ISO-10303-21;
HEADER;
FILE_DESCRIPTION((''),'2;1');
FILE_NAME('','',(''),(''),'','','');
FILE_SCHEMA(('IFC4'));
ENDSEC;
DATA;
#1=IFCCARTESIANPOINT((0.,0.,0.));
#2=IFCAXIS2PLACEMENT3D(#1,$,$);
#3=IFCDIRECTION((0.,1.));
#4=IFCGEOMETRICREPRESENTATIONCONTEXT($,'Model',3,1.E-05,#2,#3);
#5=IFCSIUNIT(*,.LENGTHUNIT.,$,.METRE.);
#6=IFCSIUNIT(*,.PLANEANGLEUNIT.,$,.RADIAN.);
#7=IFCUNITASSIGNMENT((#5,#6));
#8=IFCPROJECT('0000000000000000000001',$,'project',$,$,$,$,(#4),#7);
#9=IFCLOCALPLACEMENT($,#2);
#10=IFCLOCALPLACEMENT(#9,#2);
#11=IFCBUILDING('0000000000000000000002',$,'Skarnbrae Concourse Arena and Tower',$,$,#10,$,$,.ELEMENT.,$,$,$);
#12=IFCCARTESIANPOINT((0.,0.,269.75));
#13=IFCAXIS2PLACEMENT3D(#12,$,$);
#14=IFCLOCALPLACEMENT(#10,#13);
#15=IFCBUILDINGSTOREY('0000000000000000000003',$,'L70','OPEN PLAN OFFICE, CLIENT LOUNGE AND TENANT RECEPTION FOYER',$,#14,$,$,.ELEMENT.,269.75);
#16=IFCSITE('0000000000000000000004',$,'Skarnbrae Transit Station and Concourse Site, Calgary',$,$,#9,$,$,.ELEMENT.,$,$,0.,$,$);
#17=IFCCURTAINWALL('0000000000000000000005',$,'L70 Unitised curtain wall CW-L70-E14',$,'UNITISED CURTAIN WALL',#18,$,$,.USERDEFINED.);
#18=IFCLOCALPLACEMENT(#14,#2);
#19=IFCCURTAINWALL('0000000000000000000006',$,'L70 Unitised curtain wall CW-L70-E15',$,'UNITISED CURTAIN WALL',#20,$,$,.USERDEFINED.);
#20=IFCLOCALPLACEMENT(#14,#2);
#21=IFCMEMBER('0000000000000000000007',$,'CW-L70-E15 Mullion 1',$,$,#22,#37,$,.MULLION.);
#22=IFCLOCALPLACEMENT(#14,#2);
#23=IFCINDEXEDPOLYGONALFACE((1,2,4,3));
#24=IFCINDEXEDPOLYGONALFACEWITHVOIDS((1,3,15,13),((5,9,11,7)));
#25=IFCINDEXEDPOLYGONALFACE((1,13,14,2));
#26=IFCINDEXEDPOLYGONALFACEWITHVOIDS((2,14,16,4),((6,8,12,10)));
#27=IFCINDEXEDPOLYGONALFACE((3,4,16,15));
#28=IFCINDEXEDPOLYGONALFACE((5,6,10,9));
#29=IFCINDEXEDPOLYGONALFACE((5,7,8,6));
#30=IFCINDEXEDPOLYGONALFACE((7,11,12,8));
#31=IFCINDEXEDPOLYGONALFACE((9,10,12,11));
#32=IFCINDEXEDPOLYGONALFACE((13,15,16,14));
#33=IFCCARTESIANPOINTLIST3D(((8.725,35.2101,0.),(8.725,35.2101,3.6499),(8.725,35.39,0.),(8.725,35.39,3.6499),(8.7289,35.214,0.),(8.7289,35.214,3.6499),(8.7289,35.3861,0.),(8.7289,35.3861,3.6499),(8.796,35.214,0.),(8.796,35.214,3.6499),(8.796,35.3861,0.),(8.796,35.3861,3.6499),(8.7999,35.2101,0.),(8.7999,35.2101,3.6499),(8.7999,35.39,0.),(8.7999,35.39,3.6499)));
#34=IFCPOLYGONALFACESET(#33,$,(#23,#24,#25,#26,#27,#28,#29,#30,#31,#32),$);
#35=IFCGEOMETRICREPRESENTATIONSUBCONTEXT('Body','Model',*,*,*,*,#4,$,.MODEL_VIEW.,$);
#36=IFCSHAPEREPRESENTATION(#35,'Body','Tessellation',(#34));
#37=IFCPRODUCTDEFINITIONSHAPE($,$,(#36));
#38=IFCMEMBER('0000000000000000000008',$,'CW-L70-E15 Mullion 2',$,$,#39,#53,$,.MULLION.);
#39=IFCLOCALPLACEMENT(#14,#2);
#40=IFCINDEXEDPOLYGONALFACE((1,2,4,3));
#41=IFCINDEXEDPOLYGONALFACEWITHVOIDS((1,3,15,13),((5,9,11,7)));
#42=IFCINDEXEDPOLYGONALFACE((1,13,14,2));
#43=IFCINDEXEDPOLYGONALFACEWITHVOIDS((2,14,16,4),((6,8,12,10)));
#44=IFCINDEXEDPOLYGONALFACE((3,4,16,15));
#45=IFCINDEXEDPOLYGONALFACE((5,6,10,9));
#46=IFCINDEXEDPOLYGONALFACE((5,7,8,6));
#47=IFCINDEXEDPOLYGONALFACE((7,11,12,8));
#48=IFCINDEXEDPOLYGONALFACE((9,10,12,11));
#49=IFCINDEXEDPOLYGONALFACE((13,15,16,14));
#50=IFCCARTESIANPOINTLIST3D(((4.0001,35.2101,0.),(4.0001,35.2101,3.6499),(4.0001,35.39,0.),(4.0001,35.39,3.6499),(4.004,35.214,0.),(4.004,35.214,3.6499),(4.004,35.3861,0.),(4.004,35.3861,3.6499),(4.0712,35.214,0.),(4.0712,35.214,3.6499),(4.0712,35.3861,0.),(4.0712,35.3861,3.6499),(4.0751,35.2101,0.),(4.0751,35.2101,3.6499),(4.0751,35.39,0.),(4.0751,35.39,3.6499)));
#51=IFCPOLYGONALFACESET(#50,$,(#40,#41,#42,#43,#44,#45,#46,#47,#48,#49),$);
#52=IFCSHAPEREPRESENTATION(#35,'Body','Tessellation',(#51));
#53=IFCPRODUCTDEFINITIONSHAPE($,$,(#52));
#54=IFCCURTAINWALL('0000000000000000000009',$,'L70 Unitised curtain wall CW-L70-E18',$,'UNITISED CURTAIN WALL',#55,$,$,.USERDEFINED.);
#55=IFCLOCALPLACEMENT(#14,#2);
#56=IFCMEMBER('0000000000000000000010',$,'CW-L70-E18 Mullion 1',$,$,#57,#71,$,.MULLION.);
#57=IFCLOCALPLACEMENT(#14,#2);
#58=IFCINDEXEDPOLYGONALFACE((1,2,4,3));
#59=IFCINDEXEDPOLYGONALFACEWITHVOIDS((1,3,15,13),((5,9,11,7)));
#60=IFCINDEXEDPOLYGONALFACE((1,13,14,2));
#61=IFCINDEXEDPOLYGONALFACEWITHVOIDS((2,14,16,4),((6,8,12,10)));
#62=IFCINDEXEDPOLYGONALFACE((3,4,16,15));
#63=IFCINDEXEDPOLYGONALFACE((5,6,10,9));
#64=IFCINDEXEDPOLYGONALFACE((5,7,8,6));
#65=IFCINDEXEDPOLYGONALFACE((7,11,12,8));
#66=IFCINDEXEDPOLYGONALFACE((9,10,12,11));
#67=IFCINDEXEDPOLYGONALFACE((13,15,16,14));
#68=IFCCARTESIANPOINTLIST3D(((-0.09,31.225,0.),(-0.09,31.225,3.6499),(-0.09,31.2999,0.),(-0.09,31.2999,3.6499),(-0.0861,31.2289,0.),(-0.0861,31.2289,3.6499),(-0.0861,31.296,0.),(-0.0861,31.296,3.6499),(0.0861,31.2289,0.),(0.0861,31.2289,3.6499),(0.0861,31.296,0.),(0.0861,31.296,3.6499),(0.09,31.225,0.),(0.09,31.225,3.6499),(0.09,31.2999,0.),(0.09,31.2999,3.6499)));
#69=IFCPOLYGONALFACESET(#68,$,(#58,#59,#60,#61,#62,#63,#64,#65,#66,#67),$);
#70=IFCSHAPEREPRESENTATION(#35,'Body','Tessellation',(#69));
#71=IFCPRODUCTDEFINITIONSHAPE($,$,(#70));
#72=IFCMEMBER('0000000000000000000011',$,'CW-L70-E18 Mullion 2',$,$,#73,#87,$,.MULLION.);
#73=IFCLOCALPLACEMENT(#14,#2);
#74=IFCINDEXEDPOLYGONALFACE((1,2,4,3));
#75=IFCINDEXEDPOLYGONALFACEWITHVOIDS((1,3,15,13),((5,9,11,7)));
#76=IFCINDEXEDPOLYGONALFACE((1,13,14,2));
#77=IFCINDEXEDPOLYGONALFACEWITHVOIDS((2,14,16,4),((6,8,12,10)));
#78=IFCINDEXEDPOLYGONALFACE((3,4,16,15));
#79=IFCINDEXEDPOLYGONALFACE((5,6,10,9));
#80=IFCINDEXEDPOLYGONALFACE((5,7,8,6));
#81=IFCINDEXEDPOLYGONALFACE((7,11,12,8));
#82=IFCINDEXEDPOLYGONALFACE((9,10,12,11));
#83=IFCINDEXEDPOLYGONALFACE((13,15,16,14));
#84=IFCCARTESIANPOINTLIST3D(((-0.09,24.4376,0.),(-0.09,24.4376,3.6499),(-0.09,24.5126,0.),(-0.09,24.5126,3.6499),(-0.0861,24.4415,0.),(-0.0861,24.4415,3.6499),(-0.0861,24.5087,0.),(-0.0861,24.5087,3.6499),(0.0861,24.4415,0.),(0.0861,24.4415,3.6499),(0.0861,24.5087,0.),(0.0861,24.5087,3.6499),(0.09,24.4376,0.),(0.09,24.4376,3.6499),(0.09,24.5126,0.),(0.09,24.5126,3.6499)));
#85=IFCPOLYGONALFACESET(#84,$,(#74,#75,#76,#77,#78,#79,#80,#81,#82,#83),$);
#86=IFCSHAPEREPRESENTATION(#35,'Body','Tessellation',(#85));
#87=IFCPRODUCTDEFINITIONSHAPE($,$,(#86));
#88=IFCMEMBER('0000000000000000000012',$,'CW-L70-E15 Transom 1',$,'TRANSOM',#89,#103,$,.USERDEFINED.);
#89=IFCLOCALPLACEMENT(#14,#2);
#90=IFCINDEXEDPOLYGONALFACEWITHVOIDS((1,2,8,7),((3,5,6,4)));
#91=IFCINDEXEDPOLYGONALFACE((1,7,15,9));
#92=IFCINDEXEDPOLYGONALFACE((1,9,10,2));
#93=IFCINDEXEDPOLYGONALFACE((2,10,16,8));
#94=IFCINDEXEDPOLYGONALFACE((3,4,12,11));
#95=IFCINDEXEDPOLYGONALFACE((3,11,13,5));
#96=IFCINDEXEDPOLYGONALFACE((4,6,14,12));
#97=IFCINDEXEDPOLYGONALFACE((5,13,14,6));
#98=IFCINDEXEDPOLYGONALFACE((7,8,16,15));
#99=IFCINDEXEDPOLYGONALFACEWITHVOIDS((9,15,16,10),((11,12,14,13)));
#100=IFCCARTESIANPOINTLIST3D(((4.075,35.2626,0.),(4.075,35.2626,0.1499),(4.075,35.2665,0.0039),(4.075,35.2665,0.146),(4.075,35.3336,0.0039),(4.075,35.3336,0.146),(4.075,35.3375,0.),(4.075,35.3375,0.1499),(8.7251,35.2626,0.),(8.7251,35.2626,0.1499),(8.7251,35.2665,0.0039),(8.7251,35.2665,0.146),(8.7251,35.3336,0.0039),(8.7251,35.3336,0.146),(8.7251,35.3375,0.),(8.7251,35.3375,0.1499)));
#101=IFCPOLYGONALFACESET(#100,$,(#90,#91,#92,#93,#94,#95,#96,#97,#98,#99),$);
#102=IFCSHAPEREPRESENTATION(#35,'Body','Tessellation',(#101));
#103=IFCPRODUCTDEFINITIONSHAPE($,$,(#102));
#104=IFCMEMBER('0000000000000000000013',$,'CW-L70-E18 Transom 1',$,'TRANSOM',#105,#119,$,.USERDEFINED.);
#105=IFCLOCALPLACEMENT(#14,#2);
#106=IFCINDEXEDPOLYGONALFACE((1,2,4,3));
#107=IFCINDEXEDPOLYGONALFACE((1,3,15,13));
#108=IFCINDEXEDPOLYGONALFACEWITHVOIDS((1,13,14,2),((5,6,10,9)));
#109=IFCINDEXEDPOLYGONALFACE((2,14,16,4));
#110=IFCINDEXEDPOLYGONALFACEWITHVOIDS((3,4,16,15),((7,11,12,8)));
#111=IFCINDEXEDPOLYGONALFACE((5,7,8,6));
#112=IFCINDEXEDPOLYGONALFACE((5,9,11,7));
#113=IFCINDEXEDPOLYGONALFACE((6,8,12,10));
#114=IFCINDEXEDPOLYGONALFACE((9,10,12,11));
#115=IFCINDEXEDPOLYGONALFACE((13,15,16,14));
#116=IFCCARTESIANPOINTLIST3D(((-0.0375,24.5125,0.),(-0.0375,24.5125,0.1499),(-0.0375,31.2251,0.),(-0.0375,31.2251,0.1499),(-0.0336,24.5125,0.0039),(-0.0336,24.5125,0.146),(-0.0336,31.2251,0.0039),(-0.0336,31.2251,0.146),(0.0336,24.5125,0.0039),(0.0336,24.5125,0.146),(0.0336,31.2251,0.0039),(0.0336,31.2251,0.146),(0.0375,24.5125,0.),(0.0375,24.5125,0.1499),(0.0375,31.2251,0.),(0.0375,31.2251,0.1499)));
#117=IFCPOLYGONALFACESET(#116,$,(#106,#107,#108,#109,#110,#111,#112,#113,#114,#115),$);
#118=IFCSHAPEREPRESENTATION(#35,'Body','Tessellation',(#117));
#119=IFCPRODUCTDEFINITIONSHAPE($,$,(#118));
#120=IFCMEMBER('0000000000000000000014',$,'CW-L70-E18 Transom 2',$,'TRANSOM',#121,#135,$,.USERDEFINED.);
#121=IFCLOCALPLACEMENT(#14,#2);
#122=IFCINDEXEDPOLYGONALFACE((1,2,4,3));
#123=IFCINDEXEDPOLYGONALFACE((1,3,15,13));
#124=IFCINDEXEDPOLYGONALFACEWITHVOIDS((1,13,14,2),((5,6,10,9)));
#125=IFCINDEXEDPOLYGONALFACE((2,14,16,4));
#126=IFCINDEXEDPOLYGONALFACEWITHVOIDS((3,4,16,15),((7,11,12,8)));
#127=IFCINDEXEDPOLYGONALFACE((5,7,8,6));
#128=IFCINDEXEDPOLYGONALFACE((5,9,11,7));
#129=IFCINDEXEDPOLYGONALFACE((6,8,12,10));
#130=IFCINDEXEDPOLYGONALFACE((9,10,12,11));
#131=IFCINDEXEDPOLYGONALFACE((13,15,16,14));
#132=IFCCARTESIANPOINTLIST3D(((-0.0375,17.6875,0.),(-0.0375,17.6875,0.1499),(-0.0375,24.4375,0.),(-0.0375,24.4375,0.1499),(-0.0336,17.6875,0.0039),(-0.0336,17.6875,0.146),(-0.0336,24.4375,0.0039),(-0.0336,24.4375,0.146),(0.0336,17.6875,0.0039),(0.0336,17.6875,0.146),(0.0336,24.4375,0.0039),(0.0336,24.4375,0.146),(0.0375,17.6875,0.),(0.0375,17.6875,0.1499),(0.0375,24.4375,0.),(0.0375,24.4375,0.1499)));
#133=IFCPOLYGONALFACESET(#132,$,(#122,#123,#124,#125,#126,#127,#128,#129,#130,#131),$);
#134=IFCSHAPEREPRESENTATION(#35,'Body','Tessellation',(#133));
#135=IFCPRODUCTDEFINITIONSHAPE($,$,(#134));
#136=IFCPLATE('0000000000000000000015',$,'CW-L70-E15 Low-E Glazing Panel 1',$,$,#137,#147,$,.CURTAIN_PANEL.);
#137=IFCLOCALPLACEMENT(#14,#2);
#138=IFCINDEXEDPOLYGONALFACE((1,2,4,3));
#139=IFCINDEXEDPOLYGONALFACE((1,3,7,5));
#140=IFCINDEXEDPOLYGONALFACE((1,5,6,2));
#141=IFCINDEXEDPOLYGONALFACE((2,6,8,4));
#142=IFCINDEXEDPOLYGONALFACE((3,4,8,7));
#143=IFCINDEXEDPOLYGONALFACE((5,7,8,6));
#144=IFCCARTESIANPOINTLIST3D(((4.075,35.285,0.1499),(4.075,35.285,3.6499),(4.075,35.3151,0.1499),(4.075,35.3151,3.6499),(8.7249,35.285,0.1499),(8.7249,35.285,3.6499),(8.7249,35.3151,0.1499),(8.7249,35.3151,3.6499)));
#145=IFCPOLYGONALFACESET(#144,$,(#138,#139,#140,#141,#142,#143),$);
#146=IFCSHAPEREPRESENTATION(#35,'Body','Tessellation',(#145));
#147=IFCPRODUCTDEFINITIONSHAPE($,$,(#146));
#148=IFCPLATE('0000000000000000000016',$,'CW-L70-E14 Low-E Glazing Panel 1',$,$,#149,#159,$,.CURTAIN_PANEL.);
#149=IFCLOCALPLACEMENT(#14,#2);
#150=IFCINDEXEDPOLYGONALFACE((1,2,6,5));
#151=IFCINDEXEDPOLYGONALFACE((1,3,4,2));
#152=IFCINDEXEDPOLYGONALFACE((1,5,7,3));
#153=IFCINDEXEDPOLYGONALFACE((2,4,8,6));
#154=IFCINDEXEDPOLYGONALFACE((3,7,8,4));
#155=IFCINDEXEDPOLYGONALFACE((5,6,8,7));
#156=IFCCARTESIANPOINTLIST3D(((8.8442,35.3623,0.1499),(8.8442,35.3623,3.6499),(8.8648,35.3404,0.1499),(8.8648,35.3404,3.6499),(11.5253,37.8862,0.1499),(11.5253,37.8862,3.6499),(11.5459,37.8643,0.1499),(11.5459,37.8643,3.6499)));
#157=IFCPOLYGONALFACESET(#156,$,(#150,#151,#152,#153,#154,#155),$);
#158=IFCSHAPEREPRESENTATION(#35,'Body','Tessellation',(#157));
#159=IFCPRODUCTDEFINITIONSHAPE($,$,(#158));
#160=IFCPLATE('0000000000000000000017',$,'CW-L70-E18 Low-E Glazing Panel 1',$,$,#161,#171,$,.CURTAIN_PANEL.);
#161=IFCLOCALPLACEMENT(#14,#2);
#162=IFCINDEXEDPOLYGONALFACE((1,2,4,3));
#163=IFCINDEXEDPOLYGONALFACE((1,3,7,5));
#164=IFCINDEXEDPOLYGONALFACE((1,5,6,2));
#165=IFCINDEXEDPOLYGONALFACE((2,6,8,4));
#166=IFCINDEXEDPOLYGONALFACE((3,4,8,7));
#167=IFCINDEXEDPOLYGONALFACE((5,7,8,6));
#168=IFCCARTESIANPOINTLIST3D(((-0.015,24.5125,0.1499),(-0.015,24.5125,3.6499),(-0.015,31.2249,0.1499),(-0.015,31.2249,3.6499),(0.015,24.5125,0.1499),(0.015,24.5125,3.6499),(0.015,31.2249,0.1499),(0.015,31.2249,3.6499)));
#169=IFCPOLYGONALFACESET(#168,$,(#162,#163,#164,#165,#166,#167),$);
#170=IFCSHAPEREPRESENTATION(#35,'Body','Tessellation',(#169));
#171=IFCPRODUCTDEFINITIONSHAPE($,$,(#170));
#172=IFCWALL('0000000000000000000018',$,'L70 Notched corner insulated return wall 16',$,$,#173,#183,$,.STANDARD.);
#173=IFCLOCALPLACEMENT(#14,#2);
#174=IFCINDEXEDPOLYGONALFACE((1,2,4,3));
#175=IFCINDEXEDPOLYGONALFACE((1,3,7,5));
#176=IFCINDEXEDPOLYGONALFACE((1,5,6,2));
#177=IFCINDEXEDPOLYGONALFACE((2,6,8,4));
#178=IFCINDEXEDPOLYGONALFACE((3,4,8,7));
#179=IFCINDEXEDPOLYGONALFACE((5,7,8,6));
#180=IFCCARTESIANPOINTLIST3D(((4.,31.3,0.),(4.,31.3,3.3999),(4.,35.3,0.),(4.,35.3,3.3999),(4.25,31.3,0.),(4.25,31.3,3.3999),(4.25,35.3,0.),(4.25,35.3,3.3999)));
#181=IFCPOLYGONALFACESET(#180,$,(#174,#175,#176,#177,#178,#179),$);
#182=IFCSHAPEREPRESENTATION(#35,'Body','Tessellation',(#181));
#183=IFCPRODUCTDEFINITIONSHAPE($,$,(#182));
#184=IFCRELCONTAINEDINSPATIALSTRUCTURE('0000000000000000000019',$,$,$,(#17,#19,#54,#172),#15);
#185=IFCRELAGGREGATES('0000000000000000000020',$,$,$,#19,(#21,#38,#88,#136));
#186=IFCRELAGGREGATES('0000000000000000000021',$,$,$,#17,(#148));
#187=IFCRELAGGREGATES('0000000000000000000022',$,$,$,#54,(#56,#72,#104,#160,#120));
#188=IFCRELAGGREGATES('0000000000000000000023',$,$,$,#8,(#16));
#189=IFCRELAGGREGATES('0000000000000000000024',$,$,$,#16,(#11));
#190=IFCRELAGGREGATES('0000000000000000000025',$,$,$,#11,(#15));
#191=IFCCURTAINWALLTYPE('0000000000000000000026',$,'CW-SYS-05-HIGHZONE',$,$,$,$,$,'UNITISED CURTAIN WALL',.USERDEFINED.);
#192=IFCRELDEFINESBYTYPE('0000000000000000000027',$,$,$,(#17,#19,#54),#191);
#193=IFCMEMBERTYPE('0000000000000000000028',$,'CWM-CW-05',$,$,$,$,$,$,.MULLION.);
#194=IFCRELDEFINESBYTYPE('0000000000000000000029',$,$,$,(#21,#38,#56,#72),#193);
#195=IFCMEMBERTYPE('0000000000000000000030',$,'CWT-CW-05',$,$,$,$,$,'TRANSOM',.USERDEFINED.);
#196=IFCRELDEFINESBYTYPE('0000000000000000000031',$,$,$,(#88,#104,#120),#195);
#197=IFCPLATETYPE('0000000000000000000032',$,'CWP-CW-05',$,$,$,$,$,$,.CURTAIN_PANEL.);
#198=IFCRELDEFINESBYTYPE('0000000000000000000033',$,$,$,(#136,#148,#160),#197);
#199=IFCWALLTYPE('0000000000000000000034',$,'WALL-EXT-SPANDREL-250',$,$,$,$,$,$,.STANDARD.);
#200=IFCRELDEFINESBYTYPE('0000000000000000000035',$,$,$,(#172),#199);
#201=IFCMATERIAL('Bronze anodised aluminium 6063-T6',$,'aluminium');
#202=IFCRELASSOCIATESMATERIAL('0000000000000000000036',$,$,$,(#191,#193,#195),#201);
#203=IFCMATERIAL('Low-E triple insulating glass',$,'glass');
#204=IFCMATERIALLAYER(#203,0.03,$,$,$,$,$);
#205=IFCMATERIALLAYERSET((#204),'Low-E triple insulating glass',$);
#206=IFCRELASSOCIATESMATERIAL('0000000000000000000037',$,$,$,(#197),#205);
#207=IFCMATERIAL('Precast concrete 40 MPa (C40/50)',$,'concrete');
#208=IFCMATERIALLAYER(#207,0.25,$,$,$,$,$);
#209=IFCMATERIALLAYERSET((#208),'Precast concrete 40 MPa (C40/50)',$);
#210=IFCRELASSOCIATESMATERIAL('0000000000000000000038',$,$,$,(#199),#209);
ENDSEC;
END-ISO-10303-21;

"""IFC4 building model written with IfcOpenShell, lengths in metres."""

from ifc_helpers import new_model, si_unit, direction, frame, frame_2d, origin, origin_2d, place, context, subcontext, project, spatial, rectangle, hollow_rectangle, extrude, source, transform, mapped, material, layer, layer_set, material_profile, profile_set, type_object, element, aggregate, save


model = new_model("IFC4")

# Units and contexts
model_context = context("Model", 3, precision=1e-05, world=origin(), true_north=direction((0.0, 1.0)))
body_context = subcontext(model_context, "Body", "Model", "MODEL_VIEW")
ifc_project = project(units=[si_unit("LENGTHUNIT", "METRE"), si_unit("PLANEANGLEUNIT", "RADIAN")], contexts=[model_context])

# Site, building, storey
site_placement = place(None, origin())
site = spatial("IfcSite", under=ifc_project, at=site_placement, Name="Skarnbrae Transit Station and Concourse Site, Calgary", CompositionType="ELEMENT", RefElevation=0.0)
building_placement = place(site_placement, origin())
building = spatial("IfcBuilding", under=site, at=building_placement, Name="Skarnbrae Concourse Arena and Tower", CompositionType="ELEMENT")
storey_placement = place(building_placement, frame((0.0, 0.0, 269.75)))
storey = spatial("IfcBuildingStorey", under=building, at=storey_placement, Name="L70", Description="OPEN PLAN OFFICE, CLIENT LOUNGE AND TENANT RECEPTION FOYER", CompositionType="ELEMENT", Elevation=269.75)

# Curtain wall
ifc_material_1 = material(Name="Bronze anodised aluminium 6063-T6", Category="aluminium")
curtain_wall_type = type_object("IfcCurtainWallType", Name="CW-SYS-05-HIGHZONE", ElementType="UNITISED CURTAIN WALL", PredefinedType="USERDEFINED", material=ifc_material_1)
curtain_wall_1_placement = place(storey_placement, origin())
curtain_wall_1 = element("IfcCurtainWall", 1, at=curtain_wall_1_placement, inside=storey, type_object=curtain_wall_type, Name="L70 Unitised curtain wall CW-L70-E14", ObjectType="UNITISED CURTAIN WALL", PredefinedType="USERDEFINED")
ifc_material_profile_1 = material_profile(ifc_material_1, hollow_rectangle(XDim=0.075, YDim=0.1799, WallThickness=0.0039, at=origin_2d()), Name="ALU-MULL-75X180")
ifc_profile_set_1 = profile_set([ifc_material_profile_1], Name="Bronze anodised aluminium 6063-T6")
member_type_1 = type_object("IfcMemberType", Name="CWM-CW-05", PredefinedType="MULLION", material=ifc_profile_set_1)
shared_shape_1 = source(origin(), body_context, "Body", "SweptSolid", [
    extrude(hollow_rectangle(XDim=0.075, YDim=0.1799, WallThickness=0.0039, at=origin_2d()), origin(), (0.0, 0.0, 1.0), 3.6499),
])

# Curtain walls, members
curtain_wall_2_placement = place(storey_placement, origin())
curtain_wall_2 = element("IfcCurtainWall", 2, at=curtain_wall_2_placement, inside=storey, type_object=curtain_wall_type, Name="L70 Unitised curtain wall CW-L70-E15", ObjectType="UNITISED CURTAIN WALL", PredefinedType="USERDEFINED")
member_1_placement = place(storey_placement, frame((8.7625, 35.3, 0.0), z_axis=(0.0, 0.0, 1.0), x_axis=(-1.0, 0.0, 0.0)))
member_1 = element("IfcMember", 3, at=member_1_placement, type_object=member_type_1, Name="CW-L70-E15 Mullion 1", PredefinedType="MULLION", context=body_context, shape_type="MappedRepresentation", body=[
    mapped(shared_shape_1, transform((0.0, 0.0, 0.0))),
])
member_2_placement = place(storey_placement, frame((4.0376, 35.3, 0.0), z_axis=(0.0, 0.0, 1.0), x_axis=(-1.0, 0.0, 0.0)))
member_2 = element("IfcMember", 4, at=member_2_placement, type_object=member_type_1, Name="CW-L70-E15 Mullion 2", PredefinedType="MULLION", context=body_context, shape_type="MappedRepresentation", body=[
    mapped(shared_shape_1, transform((0.0, 0.0, 0.0))),
])
curtain_wall_3_placement = place(storey_placement, origin())
curtain_wall_3 = element("IfcCurtainWall", 5, at=curtain_wall_3_placement, inside=storey, type_object=curtain_wall_type, Name="L70 Unitised curtain wall CW-L70-E18", ObjectType="UNITISED CURTAIN WALL", PredefinedType="USERDEFINED")
member_3_placement = place(storey_placement, frame((0.0, 31.2625, 0.0), z_axis=(0.0, 0.0, 1.0), x_axis=(0.0, -1.0, 0.0)))
member_3 = element("IfcMember", 6, at=member_3_placement, type_object=member_type_1, Name="CW-L70-E18 Mullion 1", PredefinedType="MULLION", context=body_context, shape_type="MappedRepresentation", body=[
    mapped(shared_shape_1, transform((0.0, 0.0, 0.0))),
])
member_4_placement = place(storey_placement, frame((0.0, 24.4751, 0.0), z_axis=(0.0, 0.0, 1.0), x_axis=(0.0, -1.0, 0.0)))
member_4 = element("IfcMember", 7, at=member_4_placement, type_object=member_type_1, Name="CW-L70-E18 Mullion 2", PredefinedType="MULLION", context=body_context, shape_type="MappedRepresentation", body=[
    mapped(shared_shape_1, transform((0.0, 0.0, 0.0))),
])

# Members
ifc_material_profile_2 = material_profile(ifc_material_1, hollow_rectangle(XDim=0.075, YDim=0.1499, WallThickness=0.0039, at=origin_2d()), Name="ALU-TRAN-75X150")
ifc_profile_set_2 = profile_set([ifc_material_profile_2], Name="Bronze anodised aluminium 6063-T6")
member_type_2 = type_object("IfcMemberType", Name="CWT-CW-05", ElementType="TRANSOM", PredefinedType="USERDEFINED", material=ifc_profile_set_2)
shared_shape_2 = source(origin(), body_context, "Body", "SweptSolid", [
    extrude(hollow_rectangle(XDim=0.075, YDim=0.1499, WallThickness=0.0039, at=origin_2d()), origin(), (0.0, 0.0, 1.0), 4.6501),
])
member_5_placement = place(storey_placement, frame((8.7251, 35.3, 0.075), z_axis=(-1.0, 0.0, 0.0), x_axis=(0.0, -1.0, 0.0)))
member_5 = element("IfcMember", 8, at=member_5_placement, type_object=member_type_2, Name="CW-L70-E15 Transom 1", ObjectType="TRANSOM", PredefinedType="USERDEFINED", context=body_context, shape_type="MappedRepresentation", body=[
    mapped(shared_shape_2, transform((0.0, 0.0, 0.0))),
])
shared_shape_3 = source(origin(), body_context, "Body", "SweptSolid", [
    extrude(hollow_rectangle(XDim=0.075, YDim=0.1499, WallThickness=0.0039, at=origin_2d()), origin(), (0.0, 0.0, 1.0), 6.7126),
])
member_6_placement = place(storey_placement, frame((0.0, 31.2251, 0.075), z_axis=(0.0, -1.0, 0.0), x_axis=(1.0, 0.0, 0.0)))
member_6 = element("IfcMember", 9, at=member_6_placement, type_object=member_type_2, Name="CW-L70-E18 Transom 1", ObjectType="TRANSOM", PredefinedType="USERDEFINED", context=body_context, shape_type="MappedRepresentation", body=[
    mapped(shared_shape_3, transform((0.0, 0.0, 0.0))),
])
shared_shape_4 = source(origin(), body_context, "Body", "SweptSolid", [
    extrude(hollow_rectangle(XDim=0.075, YDim=0.1499, WallThickness=0.0039, at=origin_2d()), origin(), (0.0, 0.0, 1.0), 6.75),
])
member_7_placement = place(storey_placement, frame((0.0, 24.4375, 0.075), z_axis=(0.0, -1.0, 0.0), x_axis=(1.0, 0.0, 0.0)))
member_7 = element("IfcMember", 10, at=member_7_placement, type_object=member_type_2, Name="CW-L70-E18 Transom 2", ObjectType="TRANSOM", PredefinedType="USERDEFINED", context=body_context, shape_type="MappedRepresentation", body=[
    mapped(shared_shape_4, transform((0.0, 0.0, 0.0))),
])

# Plates
ifc_material_2 = material(Name="Low-E triple insulating glass", Category="glass")
ifc_layer_1 = layer(ifc_material_2, 0.03)
ifc_layer_set_1 = layer_set([ifc_layer_1], Name="Low-E triple insulating glass")
plate_type = type_object("IfcPlateType", Name="CWP-CW-05", PredefinedType="CURTAIN_PANEL", material=ifc_layer_set_1)
shared_shape_5 = source(origin(), body_context, "Body", "SweptSolid", [
    extrude(rectangle(XDim=4.6499, YDim=0.03, at=origin_2d()), origin(), (0.0, 0.0, 1.0), 3.5),
])
plate_1_placement = place(storey_placement, frame((6.3999, 35.3, 0.1499), z_axis=(0.0, 0.0, 1.0), x_axis=(-1.0, 0.0, 0.0)))
plate_1 = element("IfcPlate", 11, at=plate_1_placement, type_object=plate_type, Name="CW-L70-E15 Low-E Glazing Panel 1", PredefinedType="CURTAIN_PANEL", context=body_context, shape_type="MappedRepresentation", body=[
    mapped(shared_shape_5, transform((0.0, 0.0, 0.0))),
])
aggregate(curtain_wall_2, [member_1, member_2, member_5, plate_1])
shared_shape_6 = source(origin(), body_context, "Body", "SweptSolid", [
    extrude(rectangle(XDim=3.6821, YDim=0.03, at=origin_2d()), origin(), (0.0, 0.0, 1.0), 3.5),
])
plate_2_placement = place(storey_placement, frame((10.1951, 36.6133, 0.1499), z_axis=(0.0, 0.0, 1.0), x_axis=(-0.728131, -0.685438, 0.0)))
plate_2 = element("IfcPlate", 12, at=plate_2_placement, type_object=plate_type, Name="CW-L70-E14 Low-E Glazing Panel 1", PredefinedType="CURTAIN_PANEL", context=body_context, shape_type="MappedRepresentation", body=[
    mapped(shared_shape_6, transform((0.0, 0.0, 0.0))),
])
aggregate(curtain_wall_1, [plate_2])
shared_shape_7 = source(origin(), body_context, "Body", "SweptSolid", [
    extrude(rectangle(XDim=6.7124, YDim=0.03, at=origin_2d()), origin(), (0.0, 0.0, 1.0), 3.5),
])
plate_3_placement = place(storey_placement, frame((0.0, 27.8687, 0.1499), z_axis=(0.0, 0.0, 1.0), x_axis=(0.0, -1.0, 0.0)))
plate_3 = element("IfcPlate", 13, at=plate_3_placement, type_object=plate_type, Name="CW-L70-E18 Low-E Glazing Panel 1", PredefinedType="CURTAIN_PANEL", context=body_context, shape_type="MappedRepresentation", body=[
    mapped(shared_shape_7, transform((0.0, 0.0, 0.0))),
])
aggregate(curtain_wall_3, [member_3, member_4, member_6, plate_3, member_7])

# Wall
ifc_material_3 = material(Name="Precast concrete 40 MPa (C40/50)", Category="concrete")
ifc_layer_2 = layer(ifc_material_3, 0.25)
ifc_layer_set_2 = layer_set([ifc_layer_2], Name="Precast concrete 40 MPa (C40/50)")
wall_type_1 = type_object("IfcWallType", Name="WALL-EXT-SPANDREL-250", PredefinedType="STANDARD", material=ifc_layer_set_2)
shared_shape_8 = source(origin(), body_context, "Body", "SweptSolid", [
    extrude(rectangle(XDim=4.0, YDim=0.25, at=frame_2d((2.0, 0.0))), origin(), (0.0, 0.0, 1.0), 3.3999),
])
for number, where, z_axis, x_axis, name in (
    (14, (4.125, 35.3, 0.0), (0.0, 0.0, 1.0), (0.0, -1.0, 0.0), "L70 Notched corner insulated return wall 16"),
):
    element("IfcWall", number, at=place(storey_placement, frame(where, z_axis=z_axis, x_axis=x_axis)), inside=storey, type_object=wall_type_1, Name=name, PredefinedType="STANDARD", context=body_context, shape_type="MappedRepresentation", body=[
        mapped(shared_shape_8, transform((0.0, 0.0, 0.0))),
    ])

save(model, "model.ifc")
